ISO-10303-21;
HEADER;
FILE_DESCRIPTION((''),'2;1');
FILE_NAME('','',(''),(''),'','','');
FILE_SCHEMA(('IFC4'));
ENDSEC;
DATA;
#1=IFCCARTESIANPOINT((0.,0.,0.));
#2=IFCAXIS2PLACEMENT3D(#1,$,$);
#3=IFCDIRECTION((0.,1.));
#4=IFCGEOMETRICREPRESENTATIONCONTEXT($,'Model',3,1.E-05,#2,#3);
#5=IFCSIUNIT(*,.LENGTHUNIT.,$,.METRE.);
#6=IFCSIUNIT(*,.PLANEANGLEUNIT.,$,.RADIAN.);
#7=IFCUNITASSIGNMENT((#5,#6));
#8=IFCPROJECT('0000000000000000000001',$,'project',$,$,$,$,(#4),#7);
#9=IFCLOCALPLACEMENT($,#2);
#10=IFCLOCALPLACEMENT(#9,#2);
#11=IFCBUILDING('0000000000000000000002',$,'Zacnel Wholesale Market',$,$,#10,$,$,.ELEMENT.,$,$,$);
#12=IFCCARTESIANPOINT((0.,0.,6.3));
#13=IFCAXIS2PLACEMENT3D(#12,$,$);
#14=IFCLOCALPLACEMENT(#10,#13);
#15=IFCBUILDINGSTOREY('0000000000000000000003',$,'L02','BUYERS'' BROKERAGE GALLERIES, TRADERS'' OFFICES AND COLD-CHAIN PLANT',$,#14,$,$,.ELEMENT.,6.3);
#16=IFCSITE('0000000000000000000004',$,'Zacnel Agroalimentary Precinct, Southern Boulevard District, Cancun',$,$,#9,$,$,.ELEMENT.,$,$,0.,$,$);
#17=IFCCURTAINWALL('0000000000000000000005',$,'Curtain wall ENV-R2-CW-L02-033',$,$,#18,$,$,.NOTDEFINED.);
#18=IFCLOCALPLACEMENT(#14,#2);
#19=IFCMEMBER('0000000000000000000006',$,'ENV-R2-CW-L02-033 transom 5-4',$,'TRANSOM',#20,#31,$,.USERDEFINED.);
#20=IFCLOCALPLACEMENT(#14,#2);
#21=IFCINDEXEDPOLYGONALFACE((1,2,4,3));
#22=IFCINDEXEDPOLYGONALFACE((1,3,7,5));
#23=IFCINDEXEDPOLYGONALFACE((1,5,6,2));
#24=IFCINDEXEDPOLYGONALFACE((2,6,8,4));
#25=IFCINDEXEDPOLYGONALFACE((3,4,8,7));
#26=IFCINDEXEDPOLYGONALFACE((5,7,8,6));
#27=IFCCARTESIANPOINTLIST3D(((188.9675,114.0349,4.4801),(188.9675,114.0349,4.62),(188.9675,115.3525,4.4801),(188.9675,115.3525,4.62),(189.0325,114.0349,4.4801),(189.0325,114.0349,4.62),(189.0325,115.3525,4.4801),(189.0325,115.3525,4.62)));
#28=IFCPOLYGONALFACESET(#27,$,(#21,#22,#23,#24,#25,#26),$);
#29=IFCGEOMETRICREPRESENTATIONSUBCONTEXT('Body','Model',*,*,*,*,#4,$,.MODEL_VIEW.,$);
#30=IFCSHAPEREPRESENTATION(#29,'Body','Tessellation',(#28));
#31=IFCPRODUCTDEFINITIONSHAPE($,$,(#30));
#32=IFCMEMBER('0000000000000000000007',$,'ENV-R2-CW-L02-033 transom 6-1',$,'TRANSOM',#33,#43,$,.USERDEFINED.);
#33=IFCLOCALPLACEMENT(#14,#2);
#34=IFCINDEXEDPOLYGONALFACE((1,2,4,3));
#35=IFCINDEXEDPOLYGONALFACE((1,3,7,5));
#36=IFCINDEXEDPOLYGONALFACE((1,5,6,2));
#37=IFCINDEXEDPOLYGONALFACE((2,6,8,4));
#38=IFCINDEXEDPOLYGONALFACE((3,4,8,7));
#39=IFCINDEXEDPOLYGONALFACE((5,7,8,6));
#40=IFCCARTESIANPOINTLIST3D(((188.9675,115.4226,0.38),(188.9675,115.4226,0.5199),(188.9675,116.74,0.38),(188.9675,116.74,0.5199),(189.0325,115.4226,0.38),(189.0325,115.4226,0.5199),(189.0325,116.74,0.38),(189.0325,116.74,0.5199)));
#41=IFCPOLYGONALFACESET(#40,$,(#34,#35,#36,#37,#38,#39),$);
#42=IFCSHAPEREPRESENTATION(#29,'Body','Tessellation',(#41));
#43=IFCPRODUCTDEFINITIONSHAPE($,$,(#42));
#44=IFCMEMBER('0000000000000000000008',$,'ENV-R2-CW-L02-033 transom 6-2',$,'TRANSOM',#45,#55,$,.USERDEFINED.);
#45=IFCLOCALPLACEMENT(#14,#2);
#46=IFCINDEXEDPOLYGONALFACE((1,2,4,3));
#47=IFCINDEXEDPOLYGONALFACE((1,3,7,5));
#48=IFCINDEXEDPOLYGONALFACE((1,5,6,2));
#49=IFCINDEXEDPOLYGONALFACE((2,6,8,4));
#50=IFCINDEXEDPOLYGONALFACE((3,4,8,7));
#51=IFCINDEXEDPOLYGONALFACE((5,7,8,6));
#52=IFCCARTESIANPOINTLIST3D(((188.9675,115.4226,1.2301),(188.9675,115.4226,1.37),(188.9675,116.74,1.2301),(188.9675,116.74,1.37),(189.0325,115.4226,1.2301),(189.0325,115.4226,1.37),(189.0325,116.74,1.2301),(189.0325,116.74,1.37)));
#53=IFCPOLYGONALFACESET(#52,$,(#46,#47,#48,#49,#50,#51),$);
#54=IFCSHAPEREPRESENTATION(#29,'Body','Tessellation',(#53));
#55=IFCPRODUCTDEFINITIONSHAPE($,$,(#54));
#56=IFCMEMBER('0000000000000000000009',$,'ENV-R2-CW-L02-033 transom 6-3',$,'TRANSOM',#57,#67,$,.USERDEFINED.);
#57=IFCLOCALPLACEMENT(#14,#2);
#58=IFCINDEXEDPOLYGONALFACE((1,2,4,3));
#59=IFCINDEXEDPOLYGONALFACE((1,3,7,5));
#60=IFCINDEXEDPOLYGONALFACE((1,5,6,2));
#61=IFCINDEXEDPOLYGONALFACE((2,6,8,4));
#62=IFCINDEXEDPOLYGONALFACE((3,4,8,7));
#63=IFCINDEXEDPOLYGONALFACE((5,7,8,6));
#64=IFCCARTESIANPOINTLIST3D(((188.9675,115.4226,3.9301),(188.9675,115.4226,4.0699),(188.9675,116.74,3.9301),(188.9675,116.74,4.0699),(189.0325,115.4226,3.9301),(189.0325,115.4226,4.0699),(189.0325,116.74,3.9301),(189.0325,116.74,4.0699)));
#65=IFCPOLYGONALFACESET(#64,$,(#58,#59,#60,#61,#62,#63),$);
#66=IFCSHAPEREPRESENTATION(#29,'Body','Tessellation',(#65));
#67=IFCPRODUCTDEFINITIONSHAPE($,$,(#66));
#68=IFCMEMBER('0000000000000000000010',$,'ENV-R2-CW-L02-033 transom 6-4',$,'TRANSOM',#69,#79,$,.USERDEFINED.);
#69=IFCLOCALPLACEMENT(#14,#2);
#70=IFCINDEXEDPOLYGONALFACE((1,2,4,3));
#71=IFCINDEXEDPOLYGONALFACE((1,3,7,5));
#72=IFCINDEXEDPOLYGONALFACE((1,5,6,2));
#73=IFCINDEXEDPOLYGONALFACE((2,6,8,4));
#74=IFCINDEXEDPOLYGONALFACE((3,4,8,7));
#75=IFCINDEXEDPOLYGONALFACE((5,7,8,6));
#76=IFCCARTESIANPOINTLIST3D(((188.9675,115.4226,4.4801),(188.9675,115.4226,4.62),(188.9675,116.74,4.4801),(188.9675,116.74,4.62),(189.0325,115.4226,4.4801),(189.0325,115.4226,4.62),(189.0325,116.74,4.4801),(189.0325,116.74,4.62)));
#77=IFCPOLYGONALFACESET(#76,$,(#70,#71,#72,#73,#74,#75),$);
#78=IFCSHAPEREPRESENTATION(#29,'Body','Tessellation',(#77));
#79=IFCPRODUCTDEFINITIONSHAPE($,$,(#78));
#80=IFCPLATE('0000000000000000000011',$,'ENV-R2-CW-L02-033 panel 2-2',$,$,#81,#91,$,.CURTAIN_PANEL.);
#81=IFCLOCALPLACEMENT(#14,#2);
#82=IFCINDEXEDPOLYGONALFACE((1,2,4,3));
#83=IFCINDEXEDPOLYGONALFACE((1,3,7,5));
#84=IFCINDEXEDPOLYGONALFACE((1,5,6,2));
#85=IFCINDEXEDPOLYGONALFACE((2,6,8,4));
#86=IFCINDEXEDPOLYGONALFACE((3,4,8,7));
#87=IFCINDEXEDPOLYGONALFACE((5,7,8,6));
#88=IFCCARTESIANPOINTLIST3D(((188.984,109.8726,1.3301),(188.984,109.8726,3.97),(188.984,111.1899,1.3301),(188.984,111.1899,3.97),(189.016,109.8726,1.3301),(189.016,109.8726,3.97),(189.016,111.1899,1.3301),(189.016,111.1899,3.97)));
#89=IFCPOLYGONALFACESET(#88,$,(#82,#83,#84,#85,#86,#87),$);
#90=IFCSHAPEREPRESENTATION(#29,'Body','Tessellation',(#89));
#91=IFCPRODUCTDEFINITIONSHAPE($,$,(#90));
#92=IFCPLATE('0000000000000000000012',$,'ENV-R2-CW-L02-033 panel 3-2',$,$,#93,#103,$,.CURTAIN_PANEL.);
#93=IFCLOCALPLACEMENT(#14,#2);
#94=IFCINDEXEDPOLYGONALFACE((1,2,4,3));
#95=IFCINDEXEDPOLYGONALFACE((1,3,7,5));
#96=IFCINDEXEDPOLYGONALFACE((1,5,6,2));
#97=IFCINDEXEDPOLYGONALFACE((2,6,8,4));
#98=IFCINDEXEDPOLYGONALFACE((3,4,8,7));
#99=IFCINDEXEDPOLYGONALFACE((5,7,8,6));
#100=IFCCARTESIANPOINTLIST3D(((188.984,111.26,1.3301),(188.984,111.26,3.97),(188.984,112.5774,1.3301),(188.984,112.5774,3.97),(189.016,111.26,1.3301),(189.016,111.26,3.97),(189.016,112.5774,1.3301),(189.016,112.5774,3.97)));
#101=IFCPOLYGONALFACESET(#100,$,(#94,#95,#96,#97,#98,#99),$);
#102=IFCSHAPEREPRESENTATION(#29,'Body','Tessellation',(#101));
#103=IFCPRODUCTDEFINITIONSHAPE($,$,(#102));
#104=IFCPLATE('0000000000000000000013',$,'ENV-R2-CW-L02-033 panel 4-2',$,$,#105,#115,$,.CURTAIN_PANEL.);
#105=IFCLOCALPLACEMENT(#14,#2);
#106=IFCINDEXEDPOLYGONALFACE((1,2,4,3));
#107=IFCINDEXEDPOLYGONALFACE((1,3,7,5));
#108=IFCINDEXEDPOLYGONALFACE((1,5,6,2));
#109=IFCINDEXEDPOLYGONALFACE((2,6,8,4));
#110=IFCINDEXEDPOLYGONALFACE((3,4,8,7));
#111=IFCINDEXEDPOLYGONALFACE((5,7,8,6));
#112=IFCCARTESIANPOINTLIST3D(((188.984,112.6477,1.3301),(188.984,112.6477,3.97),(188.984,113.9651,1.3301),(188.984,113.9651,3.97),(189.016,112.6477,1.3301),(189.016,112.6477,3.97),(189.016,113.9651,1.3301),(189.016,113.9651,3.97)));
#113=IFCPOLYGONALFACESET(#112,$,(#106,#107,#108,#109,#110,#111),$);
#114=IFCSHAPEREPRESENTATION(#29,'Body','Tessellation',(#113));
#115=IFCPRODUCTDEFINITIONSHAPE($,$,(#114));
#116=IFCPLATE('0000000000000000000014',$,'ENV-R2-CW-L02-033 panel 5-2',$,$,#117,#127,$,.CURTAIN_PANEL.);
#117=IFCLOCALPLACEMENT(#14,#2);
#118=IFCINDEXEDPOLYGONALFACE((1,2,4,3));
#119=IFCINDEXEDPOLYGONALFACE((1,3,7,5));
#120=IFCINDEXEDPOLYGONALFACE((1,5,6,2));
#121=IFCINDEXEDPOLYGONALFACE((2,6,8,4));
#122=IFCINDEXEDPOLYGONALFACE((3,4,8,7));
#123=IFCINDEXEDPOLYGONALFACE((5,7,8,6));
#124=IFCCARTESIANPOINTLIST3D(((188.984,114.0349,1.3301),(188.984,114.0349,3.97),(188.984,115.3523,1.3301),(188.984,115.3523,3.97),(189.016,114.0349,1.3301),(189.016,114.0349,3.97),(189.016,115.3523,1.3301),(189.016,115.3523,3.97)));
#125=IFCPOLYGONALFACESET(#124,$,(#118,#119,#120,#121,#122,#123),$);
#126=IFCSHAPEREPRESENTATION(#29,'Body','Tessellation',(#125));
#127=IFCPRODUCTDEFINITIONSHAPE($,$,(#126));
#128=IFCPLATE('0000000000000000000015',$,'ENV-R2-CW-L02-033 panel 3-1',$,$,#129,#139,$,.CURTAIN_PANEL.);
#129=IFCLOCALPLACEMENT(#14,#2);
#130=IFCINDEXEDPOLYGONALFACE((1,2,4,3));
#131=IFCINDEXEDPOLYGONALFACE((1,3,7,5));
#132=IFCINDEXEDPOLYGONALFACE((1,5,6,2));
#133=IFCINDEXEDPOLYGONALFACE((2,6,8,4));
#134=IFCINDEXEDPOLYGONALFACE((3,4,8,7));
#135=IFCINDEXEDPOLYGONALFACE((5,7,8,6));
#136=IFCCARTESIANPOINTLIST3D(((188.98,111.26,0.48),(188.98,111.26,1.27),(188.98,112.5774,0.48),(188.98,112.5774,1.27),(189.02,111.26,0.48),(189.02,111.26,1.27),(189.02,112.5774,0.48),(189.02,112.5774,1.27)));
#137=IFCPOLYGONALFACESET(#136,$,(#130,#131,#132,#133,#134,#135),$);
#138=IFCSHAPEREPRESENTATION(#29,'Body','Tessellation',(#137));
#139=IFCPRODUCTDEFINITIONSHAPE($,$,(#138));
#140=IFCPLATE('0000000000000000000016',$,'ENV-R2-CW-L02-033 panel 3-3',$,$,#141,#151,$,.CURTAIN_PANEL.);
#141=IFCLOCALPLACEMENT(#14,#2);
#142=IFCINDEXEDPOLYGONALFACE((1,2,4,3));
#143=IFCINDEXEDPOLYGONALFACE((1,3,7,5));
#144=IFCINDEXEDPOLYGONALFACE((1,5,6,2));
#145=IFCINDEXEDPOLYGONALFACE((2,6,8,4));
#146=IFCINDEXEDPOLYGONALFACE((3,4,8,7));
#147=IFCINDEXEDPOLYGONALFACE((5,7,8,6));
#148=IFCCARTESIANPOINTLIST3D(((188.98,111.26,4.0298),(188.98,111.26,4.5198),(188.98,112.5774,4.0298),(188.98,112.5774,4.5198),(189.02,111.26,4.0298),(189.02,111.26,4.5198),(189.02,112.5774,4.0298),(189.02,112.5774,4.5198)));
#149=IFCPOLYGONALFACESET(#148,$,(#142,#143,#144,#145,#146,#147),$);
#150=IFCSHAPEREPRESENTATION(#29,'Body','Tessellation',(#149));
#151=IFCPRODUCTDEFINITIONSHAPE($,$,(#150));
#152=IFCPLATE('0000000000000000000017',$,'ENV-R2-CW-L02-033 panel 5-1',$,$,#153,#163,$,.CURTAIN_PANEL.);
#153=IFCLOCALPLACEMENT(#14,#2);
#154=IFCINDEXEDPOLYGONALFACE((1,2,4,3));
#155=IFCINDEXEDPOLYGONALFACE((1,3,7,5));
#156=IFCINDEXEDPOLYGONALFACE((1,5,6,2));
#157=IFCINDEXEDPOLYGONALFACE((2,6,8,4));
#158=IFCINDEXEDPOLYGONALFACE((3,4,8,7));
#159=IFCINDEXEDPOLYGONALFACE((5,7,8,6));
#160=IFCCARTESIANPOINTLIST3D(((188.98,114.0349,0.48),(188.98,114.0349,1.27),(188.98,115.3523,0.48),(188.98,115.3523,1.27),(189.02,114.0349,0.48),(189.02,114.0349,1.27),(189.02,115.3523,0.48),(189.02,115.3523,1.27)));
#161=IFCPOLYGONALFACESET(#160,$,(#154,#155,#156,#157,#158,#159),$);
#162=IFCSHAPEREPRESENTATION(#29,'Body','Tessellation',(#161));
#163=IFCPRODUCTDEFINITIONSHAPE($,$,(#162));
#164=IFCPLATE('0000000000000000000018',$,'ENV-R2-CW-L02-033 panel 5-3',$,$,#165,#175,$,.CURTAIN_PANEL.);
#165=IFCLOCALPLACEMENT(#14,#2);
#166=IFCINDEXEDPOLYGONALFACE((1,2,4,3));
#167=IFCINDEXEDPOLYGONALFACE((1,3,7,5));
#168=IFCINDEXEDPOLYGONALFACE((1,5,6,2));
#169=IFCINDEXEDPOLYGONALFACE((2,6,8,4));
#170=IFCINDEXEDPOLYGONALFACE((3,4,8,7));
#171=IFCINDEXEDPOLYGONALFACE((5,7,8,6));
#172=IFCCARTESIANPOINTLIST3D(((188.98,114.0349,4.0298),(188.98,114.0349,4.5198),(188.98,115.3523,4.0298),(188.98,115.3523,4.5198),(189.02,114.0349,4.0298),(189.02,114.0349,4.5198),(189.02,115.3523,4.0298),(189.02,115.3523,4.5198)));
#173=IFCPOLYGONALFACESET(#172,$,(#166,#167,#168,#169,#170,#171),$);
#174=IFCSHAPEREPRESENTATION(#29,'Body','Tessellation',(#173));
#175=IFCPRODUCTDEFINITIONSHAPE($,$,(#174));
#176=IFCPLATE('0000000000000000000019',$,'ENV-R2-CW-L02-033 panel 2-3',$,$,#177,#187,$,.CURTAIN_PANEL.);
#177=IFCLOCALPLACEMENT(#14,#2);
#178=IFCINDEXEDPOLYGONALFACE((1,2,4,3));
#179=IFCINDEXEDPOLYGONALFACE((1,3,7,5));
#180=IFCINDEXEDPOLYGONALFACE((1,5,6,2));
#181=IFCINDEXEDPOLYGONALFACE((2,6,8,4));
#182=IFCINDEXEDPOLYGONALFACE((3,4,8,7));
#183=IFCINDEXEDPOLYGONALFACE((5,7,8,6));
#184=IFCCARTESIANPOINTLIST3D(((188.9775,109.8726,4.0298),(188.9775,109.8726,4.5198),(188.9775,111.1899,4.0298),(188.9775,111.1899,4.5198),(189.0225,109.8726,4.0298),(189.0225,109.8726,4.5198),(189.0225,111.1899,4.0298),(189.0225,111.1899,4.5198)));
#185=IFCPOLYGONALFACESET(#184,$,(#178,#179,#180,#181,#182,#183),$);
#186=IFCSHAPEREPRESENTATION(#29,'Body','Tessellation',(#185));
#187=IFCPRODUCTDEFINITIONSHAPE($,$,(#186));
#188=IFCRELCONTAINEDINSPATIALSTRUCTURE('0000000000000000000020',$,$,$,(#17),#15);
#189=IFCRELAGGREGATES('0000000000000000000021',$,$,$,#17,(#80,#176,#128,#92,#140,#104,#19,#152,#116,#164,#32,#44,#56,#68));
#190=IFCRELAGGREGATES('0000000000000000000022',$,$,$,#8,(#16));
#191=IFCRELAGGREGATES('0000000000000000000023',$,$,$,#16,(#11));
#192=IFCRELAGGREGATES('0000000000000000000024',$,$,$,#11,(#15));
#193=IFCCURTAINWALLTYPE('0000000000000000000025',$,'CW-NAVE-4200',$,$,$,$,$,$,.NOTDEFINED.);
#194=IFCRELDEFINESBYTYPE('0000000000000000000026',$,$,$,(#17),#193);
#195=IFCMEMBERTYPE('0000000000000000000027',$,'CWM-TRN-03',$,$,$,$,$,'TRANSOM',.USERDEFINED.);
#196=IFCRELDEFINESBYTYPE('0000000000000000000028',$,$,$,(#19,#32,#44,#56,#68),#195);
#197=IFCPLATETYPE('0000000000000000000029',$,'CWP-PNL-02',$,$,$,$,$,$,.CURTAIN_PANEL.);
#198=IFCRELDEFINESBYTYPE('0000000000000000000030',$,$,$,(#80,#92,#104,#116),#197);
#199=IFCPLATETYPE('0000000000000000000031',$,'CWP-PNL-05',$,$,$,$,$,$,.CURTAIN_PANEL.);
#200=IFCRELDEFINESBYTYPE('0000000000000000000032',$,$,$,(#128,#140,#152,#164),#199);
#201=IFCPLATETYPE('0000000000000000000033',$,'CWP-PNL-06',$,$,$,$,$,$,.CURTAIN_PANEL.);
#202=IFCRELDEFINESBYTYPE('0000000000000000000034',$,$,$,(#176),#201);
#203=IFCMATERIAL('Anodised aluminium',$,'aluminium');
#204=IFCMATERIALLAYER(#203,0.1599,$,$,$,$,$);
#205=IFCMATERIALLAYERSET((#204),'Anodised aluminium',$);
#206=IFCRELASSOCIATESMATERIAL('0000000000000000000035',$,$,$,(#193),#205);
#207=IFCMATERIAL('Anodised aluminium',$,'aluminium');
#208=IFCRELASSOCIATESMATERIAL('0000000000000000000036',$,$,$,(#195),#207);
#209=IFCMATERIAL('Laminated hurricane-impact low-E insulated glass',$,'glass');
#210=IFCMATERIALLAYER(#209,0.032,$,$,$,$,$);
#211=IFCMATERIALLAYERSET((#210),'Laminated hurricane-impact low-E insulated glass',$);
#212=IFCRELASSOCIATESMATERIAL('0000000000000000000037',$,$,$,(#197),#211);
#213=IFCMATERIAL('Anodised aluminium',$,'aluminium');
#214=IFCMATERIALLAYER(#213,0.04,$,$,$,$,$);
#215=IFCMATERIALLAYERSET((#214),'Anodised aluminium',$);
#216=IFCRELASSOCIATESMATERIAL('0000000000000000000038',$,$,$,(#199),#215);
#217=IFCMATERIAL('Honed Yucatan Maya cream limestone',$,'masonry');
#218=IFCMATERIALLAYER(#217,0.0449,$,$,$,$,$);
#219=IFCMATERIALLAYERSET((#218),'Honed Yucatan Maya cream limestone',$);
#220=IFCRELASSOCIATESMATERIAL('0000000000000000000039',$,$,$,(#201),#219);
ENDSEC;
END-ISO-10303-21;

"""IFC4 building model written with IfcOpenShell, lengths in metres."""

from ifc_helpers import new_model, si_unit, direction, frame, origin, origin_2d, place, context, subcontext, project, spatial, rectangle, extrude, material, layer, layer_set, material_profile, profile_set, type_object, element, aggregate, save


model = new_model("IFC4")

# Units and contexts
model_context = context("Model", 3, precision=1e-05, world=origin(), true_north=direction((0.0, 1.0)))
body_context = subcontext(model_context, "Body", "Model", "MODEL_VIEW")
ifc_project = project(units=[si_unit("LENGTHUNIT", "METRE"), si_unit("PLANEANGLEUNIT", "RADIAN")], contexts=[model_context])

# Site, building, storey
site_placement = place(None, origin())
site = spatial("IfcSite", under=ifc_project, at=site_placement, Name="Zacnel Agroalimentary Precinct, Southern Boulevard District, Cancun", CompositionType="ELEMENT", RefElevation=0.0)
building_placement = place(site_placement, origin())
building = spatial("IfcBuilding", under=site, at=building_placement, Name="Zacnel Wholesale Market", CompositionType="ELEMENT")
storey_placement = place(building_placement, frame((0.0, 0.0, 6.3)))
storey = spatial("IfcBuildingStorey", under=building, at=storey_placement, Name="L02", Description="BUYERS' BROKERAGE GALLERIES, TRADERS' OFFICES AND COLD-CHAIN PLANT", CompositionType="ELEMENT", Elevation=6.3)

# Curtain wall, members, plates
ifc_material_1 = material(Name="Anodised aluminium", Category="aluminium")
ifc_layer_1 = layer(ifc_material_1, 0.1599)
ifc_layer_set_1 = layer_set([ifc_layer_1], Name="Anodised aluminium")
curtain_wall_type = type_object("IfcCurtainWallType", Name="CW-NAVE-4200", PredefinedType="NOTDEFINED", material=ifc_layer_set_1)
curtain_wall_placement = place(storey_placement, origin())
curtain_wall = element("IfcCurtainWall", 1, at=curtain_wall_placement, inside=storey, type_object=curtain_wall_type, Name="Curtain wall ENV-R2-CW-L02-033", PredefinedType="NOTDEFINED")
ifc_material_2 = material(Name="Anodised aluminium", Category="aluminium")
ifc_material_profile_1 = material_profile(ifc_material_2, rectangle(XDim=0.0649, YDim=0.1399, at=origin_2d()), Name="AW-TRANSOM 65x140")
ifc_profile_set_1 = profile_set([ifc_material_profile_1], Name="Anodised aluminium")
member_type_1 = type_object("IfcMemberType", Name="CWM-TRN-03", ElementType="TRANSOM", PredefinedType="USERDEFINED", material=ifc_profile_set_1)
member_1_placement = place(storey_placement, frame((189.0, 114.0349, 4.55), z_axis=(0.0, 1.0, 0.0), x_axis=(-1.0, 0.0, 0.0)))
member_1 = element("IfcMember", 2, at=member_1_placement, type_object=member_type_1, Name="ENV-R2-CW-L02-033 transom 5-4", ObjectType="TRANSOM", PredefinedType="USERDEFINED", context=body_context, shape_type="SweptSolid", body=[
    extrude(rectangle(XDim=0.0649, YDim=0.1399, at=origin_2d()), origin(), (0.0, 0.0, 1.0), 1.3176),
])
member_2_placement = place(storey_placement, frame((189.0, 115.4226, 0.45), z_axis=(0.0, 1.0, 0.0), x_axis=(-1.0, 0.0, 0.0)))
member_2 = element("IfcMember", 3, at=member_2_placement, type_object=member_type_1, Name="ENV-R2-CW-L02-033 transom 6-1", ObjectType="TRANSOM", PredefinedType="USERDEFINED", context=body_context, shape_type="SweptSolid", body=[
    extrude(rectangle(XDim=0.0649, YDim=0.1399, at=origin_2d()), origin(), (0.0, 0.0, 1.0), 1.3174),
])
member_3_placement = place(storey_placement, frame((189.0, 115.4226, 1.3), z_axis=(0.0, 1.0, 0.0), x_axis=(-1.0, 0.0, 0.0)))
member_3 = element("IfcMember", 4, at=member_3_placement, type_object=member_type_1, Name="ENV-R2-CW-L02-033 transom 6-2", ObjectType="TRANSOM", PredefinedType="USERDEFINED", context=body_context, shape_type="SweptSolid", body=[
    extrude(rectangle(XDim=0.0649, YDim=0.1399, at=origin_2d()), origin(), (0.0, 0.0, 1.0), 1.3174),
])
member_4_placement = place(storey_placement, frame((189.0, 115.4226, 4.0), z_axis=(0.0, 1.0, 0.0), x_axis=(-1.0, 0.0, 0.0)))
member_4 = element("IfcMember", 5, at=member_4_placement, type_object=member_type_1, Name="ENV-R2-CW-L02-033 transom 6-3", ObjectType="TRANSOM", PredefinedType="USERDEFINED", context=body_context, shape_type="SweptSolid", body=[
    extrude(rectangle(XDim=0.0649, YDim=0.1399, at=origin_2d()), origin(), (0.0, 0.0, 1.0), 1.3174),
])
member_5_placement = place(storey_placement, frame((189.0, 115.4226, 4.55), z_axis=(0.0, 1.0, 0.0), x_axis=(-1.0, 0.0, 0.0)))
member_5 = element("IfcMember", 6, at=member_5_placement, type_object=member_type_1, Name="ENV-R2-CW-L02-033 transom 6-4", ObjectType="TRANSOM", PredefinedType="USERDEFINED", context=body_context, shape_type="SweptSolid", body=[
    extrude(rectangle(XDim=0.0649, YDim=0.1399, at=origin_2d()), origin(), (0.0, 0.0, 1.0), 1.3174),
])
ifc_material_3 = material(Name="Laminated hurricane-impact low-E insulated glass", Category="glass")
ifc_layer_2 = layer(ifc_material_3, 0.032)
ifc_layer_set_2 = layer_set([ifc_layer_2], Name="Laminated hurricane-impact low-E insulated glass")
plate_type_1 = type_object("IfcPlateType", Name="CWP-PNL-02", PredefinedType="CURTAIN_PANEL", material=ifc_layer_set_2)
plate_1_placement = place(storey_placement, frame((189.0, 110.5312, 1.3301), z_axis=(0.0, 0.0, 1.0), x_axis=(0.0, 1.0, 0.0)))
plate_1 = element("IfcPlate", 7, at=plate_1_placement, type_object=plate_type_1, Name="ENV-R2-CW-L02-033 panel 2-2", PredefinedType="CURTAIN_PANEL", context=body_context, shape_type="SweptSolid", body=[
    extrude(rectangle(XDim=1.3174, YDim=0.032, at=origin_2d()), origin(), (0.0, 0.0, 1.0), 2.6399),
])
plate_2_placement = place(storey_placement, frame((189.0, 111.9187, 1.3301), z_axis=(0.0, 0.0, 1.0), x_axis=(0.0, 1.0, 0.0)))
plate_2 = element("IfcPlate", 8, at=plate_2_placement, type_object=plate_type_1, Name="ENV-R2-CW-L02-033 panel 3-2", PredefinedType="CURTAIN_PANEL", context=body_context, shape_type="SweptSolid", body=[
    extrude(rectangle(XDim=1.3174, YDim=0.032, at=origin_2d()), origin(), (0.0, 0.0, 1.0), 2.6399),
])
plate_3_placement = place(storey_placement, frame((189.0, 113.3064, 1.3301), z_axis=(0.0, 0.0, 1.0), x_axis=(0.0, 1.0, 0.0)))
plate_3 = element("IfcPlate", 9, at=plate_3_placement, type_object=plate_type_1, Name="ENV-R2-CW-L02-033 panel 4-2", PredefinedType="CURTAIN_PANEL", context=body_context, shape_type="SweptSolid", body=[
    extrude(rectangle(XDim=1.3174, YDim=0.032, at=origin_2d()), origin(), (0.0, 0.0, 1.0), 2.6399),
])
plate_4_placement = place(storey_placement, frame((189.0, 114.6936, 1.3301), z_axis=(0.0, 0.0, 1.0), x_axis=(0.0, 1.0, 0.0)))
plate_4 = element("IfcPlate", 10, at=plate_4_placement, type_object=plate_type_1, Name="ENV-R2-CW-L02-033 panel 5-2", PredefinedType="CURTAIN_PANEL", context=body_context, shape_type="SweptSolid", body=[
    extrude(rectangle(XDim=1.3174, YDim=0.032, at=origin_2d()), origin(), (0.0, 0.0, 1.0), 2.6399),
])
ifc_material_4 = material(Name="Anodised aluminium", Category="aluminium")
ifc_layer_3 = layer(ifc_material_4, 0.04)
ifc_layer_set_3 = layer_set([ifc_layer_3], Name="Anodised aluminium")
plate_type_2 = type_object("IfcPlateType", Name="CWP-PNL-05", PredefinedType="CURTAIN_PANEL", material=ifc_layer_set_3)
plate_5_placement = place(storey_placement, frame((189.0, 111.9187, 0.48), z_axis=(0.0, 0.0, 1.0), x_axis=(0.0, 1.0, 0.0)))
plate_5 = element("IfcPlate", 11, at=plate_5_placement, type_object=plate_type_2, Name="ENV-R2-CW-L02-033 panel 3-1", PredefinedType="CURTAIN_PANEL", context=body_context, shape_type="SweptSolid", body=[
    extrude(rectangle(XDim=1.3174, YDim=0.04, at=origin_2d()), origin(), (0.0, 0.0, 1.0), 0.79),
])
plate_6_placement = place(storey_placement, frame((189.0, 111.9187, 4.0298), z_axis=(0.0, 0.0, 1.0), x_axis=(0.0, 1.0, 0.0)))
plate_6 = element("IfcPlate", 12, at=plate_6_placement, type_object=plate_type_2, Name="ENV-R2-CW-L02-033 panel 3-3", PredefinedType="CURTAIN_PANEL", context=body_context, shape_type="SweptSolid", body=[
    extrude(rectangle(XDim=1.3174, YDim=0.04, at=origin_2d()), origin(), (0.0, 0.0, 1.0), 0.49),
])
plate_7_placement = place(storey_placement, frame((189.0, 114.6936, 0.48), z_axis=(0.0, 0.0, 1.0), x_axis=(0.0, 1.0, 0.0)))
plate_7 = element("IfcPlate", 13, at=plate_7_placement, type_object=plate_type_2, Name="ENV-R2-CW-L02-033 panel 5-1", PredefinedType="CURTAIN_PANEL", context=body_context, shape_type="SweptSolid", body=[
    extrude(rectangle(XDim=1.3174, YDim=0.04, at=origin_2d()), origin(), (0.0, 0.0, 1.0), 0.79),
])
plate_8_placement = place(storey_placement, frame((189.0, 114.6936, 4.0298), z_axis=(0.0, 0.0, 1.0), x_axis=(0.0, 1.0, 0.0)))
plate_8 = element("IfcPlate", 14, at=plate_8_placement, type_object=plate_type_2, Name="ENV-R2-CW-L02-033 panel 5-3", PredefinedType="CURTAIN_PANEL", context=body_context, shape_type="SweptSolid", body=[
    extrude(rectangle(XDim=1.3174, YDim=0.04, at=origin_2d()), origin(), (0.0, 0.0, 1.0), 0.49),
])
ifc_material_5 = material(Name="Honed Yucatan Maya cream limestone", Category="masonry")
ifc_layer_4 = layer(ifc_material_5, 0.0449)
ifc_layer_set_4 = layer_set([ifc_layer_4], Name="Honed Yucatan Maya cream limestone")
plate_type_3 = type_object("IfcPlateType", Name="CWP-PNL-06", PredefinedType="CURTAIN_PANEL", material=ifc_layer_set_4)
plate_9_placement = place(storey_placement, frame((189.0, 110.5312, 4.0298), z_axis=(0.0, 0.0, 1.0), x_axis=(0.0, 1.0, 0.0)))
plate_9 = element("IfcPlate", 15, at=plate_9_placement, type_object=plate_type_3, Name="ENV-R2-CW-L02-033 panel 2-3", PredefinedType="CURTAIN_PANEL", context=body_context, shape_type="SweptSolid", body=[
    extrude(rectangle(XDim=1.3174, YDim=0.0449, at=origin_2d()), origin(), (0.0, 0.0, 1.0), 0.49),
])
aggregate(curtain_wall, [plate_1, plate_9, plate_5, plate_2, plate_6, plate_3, member_1, plate_7, plate_4, plate_8, member_2, member_3, member_4, member_5])

save(model, "model.ifc")
